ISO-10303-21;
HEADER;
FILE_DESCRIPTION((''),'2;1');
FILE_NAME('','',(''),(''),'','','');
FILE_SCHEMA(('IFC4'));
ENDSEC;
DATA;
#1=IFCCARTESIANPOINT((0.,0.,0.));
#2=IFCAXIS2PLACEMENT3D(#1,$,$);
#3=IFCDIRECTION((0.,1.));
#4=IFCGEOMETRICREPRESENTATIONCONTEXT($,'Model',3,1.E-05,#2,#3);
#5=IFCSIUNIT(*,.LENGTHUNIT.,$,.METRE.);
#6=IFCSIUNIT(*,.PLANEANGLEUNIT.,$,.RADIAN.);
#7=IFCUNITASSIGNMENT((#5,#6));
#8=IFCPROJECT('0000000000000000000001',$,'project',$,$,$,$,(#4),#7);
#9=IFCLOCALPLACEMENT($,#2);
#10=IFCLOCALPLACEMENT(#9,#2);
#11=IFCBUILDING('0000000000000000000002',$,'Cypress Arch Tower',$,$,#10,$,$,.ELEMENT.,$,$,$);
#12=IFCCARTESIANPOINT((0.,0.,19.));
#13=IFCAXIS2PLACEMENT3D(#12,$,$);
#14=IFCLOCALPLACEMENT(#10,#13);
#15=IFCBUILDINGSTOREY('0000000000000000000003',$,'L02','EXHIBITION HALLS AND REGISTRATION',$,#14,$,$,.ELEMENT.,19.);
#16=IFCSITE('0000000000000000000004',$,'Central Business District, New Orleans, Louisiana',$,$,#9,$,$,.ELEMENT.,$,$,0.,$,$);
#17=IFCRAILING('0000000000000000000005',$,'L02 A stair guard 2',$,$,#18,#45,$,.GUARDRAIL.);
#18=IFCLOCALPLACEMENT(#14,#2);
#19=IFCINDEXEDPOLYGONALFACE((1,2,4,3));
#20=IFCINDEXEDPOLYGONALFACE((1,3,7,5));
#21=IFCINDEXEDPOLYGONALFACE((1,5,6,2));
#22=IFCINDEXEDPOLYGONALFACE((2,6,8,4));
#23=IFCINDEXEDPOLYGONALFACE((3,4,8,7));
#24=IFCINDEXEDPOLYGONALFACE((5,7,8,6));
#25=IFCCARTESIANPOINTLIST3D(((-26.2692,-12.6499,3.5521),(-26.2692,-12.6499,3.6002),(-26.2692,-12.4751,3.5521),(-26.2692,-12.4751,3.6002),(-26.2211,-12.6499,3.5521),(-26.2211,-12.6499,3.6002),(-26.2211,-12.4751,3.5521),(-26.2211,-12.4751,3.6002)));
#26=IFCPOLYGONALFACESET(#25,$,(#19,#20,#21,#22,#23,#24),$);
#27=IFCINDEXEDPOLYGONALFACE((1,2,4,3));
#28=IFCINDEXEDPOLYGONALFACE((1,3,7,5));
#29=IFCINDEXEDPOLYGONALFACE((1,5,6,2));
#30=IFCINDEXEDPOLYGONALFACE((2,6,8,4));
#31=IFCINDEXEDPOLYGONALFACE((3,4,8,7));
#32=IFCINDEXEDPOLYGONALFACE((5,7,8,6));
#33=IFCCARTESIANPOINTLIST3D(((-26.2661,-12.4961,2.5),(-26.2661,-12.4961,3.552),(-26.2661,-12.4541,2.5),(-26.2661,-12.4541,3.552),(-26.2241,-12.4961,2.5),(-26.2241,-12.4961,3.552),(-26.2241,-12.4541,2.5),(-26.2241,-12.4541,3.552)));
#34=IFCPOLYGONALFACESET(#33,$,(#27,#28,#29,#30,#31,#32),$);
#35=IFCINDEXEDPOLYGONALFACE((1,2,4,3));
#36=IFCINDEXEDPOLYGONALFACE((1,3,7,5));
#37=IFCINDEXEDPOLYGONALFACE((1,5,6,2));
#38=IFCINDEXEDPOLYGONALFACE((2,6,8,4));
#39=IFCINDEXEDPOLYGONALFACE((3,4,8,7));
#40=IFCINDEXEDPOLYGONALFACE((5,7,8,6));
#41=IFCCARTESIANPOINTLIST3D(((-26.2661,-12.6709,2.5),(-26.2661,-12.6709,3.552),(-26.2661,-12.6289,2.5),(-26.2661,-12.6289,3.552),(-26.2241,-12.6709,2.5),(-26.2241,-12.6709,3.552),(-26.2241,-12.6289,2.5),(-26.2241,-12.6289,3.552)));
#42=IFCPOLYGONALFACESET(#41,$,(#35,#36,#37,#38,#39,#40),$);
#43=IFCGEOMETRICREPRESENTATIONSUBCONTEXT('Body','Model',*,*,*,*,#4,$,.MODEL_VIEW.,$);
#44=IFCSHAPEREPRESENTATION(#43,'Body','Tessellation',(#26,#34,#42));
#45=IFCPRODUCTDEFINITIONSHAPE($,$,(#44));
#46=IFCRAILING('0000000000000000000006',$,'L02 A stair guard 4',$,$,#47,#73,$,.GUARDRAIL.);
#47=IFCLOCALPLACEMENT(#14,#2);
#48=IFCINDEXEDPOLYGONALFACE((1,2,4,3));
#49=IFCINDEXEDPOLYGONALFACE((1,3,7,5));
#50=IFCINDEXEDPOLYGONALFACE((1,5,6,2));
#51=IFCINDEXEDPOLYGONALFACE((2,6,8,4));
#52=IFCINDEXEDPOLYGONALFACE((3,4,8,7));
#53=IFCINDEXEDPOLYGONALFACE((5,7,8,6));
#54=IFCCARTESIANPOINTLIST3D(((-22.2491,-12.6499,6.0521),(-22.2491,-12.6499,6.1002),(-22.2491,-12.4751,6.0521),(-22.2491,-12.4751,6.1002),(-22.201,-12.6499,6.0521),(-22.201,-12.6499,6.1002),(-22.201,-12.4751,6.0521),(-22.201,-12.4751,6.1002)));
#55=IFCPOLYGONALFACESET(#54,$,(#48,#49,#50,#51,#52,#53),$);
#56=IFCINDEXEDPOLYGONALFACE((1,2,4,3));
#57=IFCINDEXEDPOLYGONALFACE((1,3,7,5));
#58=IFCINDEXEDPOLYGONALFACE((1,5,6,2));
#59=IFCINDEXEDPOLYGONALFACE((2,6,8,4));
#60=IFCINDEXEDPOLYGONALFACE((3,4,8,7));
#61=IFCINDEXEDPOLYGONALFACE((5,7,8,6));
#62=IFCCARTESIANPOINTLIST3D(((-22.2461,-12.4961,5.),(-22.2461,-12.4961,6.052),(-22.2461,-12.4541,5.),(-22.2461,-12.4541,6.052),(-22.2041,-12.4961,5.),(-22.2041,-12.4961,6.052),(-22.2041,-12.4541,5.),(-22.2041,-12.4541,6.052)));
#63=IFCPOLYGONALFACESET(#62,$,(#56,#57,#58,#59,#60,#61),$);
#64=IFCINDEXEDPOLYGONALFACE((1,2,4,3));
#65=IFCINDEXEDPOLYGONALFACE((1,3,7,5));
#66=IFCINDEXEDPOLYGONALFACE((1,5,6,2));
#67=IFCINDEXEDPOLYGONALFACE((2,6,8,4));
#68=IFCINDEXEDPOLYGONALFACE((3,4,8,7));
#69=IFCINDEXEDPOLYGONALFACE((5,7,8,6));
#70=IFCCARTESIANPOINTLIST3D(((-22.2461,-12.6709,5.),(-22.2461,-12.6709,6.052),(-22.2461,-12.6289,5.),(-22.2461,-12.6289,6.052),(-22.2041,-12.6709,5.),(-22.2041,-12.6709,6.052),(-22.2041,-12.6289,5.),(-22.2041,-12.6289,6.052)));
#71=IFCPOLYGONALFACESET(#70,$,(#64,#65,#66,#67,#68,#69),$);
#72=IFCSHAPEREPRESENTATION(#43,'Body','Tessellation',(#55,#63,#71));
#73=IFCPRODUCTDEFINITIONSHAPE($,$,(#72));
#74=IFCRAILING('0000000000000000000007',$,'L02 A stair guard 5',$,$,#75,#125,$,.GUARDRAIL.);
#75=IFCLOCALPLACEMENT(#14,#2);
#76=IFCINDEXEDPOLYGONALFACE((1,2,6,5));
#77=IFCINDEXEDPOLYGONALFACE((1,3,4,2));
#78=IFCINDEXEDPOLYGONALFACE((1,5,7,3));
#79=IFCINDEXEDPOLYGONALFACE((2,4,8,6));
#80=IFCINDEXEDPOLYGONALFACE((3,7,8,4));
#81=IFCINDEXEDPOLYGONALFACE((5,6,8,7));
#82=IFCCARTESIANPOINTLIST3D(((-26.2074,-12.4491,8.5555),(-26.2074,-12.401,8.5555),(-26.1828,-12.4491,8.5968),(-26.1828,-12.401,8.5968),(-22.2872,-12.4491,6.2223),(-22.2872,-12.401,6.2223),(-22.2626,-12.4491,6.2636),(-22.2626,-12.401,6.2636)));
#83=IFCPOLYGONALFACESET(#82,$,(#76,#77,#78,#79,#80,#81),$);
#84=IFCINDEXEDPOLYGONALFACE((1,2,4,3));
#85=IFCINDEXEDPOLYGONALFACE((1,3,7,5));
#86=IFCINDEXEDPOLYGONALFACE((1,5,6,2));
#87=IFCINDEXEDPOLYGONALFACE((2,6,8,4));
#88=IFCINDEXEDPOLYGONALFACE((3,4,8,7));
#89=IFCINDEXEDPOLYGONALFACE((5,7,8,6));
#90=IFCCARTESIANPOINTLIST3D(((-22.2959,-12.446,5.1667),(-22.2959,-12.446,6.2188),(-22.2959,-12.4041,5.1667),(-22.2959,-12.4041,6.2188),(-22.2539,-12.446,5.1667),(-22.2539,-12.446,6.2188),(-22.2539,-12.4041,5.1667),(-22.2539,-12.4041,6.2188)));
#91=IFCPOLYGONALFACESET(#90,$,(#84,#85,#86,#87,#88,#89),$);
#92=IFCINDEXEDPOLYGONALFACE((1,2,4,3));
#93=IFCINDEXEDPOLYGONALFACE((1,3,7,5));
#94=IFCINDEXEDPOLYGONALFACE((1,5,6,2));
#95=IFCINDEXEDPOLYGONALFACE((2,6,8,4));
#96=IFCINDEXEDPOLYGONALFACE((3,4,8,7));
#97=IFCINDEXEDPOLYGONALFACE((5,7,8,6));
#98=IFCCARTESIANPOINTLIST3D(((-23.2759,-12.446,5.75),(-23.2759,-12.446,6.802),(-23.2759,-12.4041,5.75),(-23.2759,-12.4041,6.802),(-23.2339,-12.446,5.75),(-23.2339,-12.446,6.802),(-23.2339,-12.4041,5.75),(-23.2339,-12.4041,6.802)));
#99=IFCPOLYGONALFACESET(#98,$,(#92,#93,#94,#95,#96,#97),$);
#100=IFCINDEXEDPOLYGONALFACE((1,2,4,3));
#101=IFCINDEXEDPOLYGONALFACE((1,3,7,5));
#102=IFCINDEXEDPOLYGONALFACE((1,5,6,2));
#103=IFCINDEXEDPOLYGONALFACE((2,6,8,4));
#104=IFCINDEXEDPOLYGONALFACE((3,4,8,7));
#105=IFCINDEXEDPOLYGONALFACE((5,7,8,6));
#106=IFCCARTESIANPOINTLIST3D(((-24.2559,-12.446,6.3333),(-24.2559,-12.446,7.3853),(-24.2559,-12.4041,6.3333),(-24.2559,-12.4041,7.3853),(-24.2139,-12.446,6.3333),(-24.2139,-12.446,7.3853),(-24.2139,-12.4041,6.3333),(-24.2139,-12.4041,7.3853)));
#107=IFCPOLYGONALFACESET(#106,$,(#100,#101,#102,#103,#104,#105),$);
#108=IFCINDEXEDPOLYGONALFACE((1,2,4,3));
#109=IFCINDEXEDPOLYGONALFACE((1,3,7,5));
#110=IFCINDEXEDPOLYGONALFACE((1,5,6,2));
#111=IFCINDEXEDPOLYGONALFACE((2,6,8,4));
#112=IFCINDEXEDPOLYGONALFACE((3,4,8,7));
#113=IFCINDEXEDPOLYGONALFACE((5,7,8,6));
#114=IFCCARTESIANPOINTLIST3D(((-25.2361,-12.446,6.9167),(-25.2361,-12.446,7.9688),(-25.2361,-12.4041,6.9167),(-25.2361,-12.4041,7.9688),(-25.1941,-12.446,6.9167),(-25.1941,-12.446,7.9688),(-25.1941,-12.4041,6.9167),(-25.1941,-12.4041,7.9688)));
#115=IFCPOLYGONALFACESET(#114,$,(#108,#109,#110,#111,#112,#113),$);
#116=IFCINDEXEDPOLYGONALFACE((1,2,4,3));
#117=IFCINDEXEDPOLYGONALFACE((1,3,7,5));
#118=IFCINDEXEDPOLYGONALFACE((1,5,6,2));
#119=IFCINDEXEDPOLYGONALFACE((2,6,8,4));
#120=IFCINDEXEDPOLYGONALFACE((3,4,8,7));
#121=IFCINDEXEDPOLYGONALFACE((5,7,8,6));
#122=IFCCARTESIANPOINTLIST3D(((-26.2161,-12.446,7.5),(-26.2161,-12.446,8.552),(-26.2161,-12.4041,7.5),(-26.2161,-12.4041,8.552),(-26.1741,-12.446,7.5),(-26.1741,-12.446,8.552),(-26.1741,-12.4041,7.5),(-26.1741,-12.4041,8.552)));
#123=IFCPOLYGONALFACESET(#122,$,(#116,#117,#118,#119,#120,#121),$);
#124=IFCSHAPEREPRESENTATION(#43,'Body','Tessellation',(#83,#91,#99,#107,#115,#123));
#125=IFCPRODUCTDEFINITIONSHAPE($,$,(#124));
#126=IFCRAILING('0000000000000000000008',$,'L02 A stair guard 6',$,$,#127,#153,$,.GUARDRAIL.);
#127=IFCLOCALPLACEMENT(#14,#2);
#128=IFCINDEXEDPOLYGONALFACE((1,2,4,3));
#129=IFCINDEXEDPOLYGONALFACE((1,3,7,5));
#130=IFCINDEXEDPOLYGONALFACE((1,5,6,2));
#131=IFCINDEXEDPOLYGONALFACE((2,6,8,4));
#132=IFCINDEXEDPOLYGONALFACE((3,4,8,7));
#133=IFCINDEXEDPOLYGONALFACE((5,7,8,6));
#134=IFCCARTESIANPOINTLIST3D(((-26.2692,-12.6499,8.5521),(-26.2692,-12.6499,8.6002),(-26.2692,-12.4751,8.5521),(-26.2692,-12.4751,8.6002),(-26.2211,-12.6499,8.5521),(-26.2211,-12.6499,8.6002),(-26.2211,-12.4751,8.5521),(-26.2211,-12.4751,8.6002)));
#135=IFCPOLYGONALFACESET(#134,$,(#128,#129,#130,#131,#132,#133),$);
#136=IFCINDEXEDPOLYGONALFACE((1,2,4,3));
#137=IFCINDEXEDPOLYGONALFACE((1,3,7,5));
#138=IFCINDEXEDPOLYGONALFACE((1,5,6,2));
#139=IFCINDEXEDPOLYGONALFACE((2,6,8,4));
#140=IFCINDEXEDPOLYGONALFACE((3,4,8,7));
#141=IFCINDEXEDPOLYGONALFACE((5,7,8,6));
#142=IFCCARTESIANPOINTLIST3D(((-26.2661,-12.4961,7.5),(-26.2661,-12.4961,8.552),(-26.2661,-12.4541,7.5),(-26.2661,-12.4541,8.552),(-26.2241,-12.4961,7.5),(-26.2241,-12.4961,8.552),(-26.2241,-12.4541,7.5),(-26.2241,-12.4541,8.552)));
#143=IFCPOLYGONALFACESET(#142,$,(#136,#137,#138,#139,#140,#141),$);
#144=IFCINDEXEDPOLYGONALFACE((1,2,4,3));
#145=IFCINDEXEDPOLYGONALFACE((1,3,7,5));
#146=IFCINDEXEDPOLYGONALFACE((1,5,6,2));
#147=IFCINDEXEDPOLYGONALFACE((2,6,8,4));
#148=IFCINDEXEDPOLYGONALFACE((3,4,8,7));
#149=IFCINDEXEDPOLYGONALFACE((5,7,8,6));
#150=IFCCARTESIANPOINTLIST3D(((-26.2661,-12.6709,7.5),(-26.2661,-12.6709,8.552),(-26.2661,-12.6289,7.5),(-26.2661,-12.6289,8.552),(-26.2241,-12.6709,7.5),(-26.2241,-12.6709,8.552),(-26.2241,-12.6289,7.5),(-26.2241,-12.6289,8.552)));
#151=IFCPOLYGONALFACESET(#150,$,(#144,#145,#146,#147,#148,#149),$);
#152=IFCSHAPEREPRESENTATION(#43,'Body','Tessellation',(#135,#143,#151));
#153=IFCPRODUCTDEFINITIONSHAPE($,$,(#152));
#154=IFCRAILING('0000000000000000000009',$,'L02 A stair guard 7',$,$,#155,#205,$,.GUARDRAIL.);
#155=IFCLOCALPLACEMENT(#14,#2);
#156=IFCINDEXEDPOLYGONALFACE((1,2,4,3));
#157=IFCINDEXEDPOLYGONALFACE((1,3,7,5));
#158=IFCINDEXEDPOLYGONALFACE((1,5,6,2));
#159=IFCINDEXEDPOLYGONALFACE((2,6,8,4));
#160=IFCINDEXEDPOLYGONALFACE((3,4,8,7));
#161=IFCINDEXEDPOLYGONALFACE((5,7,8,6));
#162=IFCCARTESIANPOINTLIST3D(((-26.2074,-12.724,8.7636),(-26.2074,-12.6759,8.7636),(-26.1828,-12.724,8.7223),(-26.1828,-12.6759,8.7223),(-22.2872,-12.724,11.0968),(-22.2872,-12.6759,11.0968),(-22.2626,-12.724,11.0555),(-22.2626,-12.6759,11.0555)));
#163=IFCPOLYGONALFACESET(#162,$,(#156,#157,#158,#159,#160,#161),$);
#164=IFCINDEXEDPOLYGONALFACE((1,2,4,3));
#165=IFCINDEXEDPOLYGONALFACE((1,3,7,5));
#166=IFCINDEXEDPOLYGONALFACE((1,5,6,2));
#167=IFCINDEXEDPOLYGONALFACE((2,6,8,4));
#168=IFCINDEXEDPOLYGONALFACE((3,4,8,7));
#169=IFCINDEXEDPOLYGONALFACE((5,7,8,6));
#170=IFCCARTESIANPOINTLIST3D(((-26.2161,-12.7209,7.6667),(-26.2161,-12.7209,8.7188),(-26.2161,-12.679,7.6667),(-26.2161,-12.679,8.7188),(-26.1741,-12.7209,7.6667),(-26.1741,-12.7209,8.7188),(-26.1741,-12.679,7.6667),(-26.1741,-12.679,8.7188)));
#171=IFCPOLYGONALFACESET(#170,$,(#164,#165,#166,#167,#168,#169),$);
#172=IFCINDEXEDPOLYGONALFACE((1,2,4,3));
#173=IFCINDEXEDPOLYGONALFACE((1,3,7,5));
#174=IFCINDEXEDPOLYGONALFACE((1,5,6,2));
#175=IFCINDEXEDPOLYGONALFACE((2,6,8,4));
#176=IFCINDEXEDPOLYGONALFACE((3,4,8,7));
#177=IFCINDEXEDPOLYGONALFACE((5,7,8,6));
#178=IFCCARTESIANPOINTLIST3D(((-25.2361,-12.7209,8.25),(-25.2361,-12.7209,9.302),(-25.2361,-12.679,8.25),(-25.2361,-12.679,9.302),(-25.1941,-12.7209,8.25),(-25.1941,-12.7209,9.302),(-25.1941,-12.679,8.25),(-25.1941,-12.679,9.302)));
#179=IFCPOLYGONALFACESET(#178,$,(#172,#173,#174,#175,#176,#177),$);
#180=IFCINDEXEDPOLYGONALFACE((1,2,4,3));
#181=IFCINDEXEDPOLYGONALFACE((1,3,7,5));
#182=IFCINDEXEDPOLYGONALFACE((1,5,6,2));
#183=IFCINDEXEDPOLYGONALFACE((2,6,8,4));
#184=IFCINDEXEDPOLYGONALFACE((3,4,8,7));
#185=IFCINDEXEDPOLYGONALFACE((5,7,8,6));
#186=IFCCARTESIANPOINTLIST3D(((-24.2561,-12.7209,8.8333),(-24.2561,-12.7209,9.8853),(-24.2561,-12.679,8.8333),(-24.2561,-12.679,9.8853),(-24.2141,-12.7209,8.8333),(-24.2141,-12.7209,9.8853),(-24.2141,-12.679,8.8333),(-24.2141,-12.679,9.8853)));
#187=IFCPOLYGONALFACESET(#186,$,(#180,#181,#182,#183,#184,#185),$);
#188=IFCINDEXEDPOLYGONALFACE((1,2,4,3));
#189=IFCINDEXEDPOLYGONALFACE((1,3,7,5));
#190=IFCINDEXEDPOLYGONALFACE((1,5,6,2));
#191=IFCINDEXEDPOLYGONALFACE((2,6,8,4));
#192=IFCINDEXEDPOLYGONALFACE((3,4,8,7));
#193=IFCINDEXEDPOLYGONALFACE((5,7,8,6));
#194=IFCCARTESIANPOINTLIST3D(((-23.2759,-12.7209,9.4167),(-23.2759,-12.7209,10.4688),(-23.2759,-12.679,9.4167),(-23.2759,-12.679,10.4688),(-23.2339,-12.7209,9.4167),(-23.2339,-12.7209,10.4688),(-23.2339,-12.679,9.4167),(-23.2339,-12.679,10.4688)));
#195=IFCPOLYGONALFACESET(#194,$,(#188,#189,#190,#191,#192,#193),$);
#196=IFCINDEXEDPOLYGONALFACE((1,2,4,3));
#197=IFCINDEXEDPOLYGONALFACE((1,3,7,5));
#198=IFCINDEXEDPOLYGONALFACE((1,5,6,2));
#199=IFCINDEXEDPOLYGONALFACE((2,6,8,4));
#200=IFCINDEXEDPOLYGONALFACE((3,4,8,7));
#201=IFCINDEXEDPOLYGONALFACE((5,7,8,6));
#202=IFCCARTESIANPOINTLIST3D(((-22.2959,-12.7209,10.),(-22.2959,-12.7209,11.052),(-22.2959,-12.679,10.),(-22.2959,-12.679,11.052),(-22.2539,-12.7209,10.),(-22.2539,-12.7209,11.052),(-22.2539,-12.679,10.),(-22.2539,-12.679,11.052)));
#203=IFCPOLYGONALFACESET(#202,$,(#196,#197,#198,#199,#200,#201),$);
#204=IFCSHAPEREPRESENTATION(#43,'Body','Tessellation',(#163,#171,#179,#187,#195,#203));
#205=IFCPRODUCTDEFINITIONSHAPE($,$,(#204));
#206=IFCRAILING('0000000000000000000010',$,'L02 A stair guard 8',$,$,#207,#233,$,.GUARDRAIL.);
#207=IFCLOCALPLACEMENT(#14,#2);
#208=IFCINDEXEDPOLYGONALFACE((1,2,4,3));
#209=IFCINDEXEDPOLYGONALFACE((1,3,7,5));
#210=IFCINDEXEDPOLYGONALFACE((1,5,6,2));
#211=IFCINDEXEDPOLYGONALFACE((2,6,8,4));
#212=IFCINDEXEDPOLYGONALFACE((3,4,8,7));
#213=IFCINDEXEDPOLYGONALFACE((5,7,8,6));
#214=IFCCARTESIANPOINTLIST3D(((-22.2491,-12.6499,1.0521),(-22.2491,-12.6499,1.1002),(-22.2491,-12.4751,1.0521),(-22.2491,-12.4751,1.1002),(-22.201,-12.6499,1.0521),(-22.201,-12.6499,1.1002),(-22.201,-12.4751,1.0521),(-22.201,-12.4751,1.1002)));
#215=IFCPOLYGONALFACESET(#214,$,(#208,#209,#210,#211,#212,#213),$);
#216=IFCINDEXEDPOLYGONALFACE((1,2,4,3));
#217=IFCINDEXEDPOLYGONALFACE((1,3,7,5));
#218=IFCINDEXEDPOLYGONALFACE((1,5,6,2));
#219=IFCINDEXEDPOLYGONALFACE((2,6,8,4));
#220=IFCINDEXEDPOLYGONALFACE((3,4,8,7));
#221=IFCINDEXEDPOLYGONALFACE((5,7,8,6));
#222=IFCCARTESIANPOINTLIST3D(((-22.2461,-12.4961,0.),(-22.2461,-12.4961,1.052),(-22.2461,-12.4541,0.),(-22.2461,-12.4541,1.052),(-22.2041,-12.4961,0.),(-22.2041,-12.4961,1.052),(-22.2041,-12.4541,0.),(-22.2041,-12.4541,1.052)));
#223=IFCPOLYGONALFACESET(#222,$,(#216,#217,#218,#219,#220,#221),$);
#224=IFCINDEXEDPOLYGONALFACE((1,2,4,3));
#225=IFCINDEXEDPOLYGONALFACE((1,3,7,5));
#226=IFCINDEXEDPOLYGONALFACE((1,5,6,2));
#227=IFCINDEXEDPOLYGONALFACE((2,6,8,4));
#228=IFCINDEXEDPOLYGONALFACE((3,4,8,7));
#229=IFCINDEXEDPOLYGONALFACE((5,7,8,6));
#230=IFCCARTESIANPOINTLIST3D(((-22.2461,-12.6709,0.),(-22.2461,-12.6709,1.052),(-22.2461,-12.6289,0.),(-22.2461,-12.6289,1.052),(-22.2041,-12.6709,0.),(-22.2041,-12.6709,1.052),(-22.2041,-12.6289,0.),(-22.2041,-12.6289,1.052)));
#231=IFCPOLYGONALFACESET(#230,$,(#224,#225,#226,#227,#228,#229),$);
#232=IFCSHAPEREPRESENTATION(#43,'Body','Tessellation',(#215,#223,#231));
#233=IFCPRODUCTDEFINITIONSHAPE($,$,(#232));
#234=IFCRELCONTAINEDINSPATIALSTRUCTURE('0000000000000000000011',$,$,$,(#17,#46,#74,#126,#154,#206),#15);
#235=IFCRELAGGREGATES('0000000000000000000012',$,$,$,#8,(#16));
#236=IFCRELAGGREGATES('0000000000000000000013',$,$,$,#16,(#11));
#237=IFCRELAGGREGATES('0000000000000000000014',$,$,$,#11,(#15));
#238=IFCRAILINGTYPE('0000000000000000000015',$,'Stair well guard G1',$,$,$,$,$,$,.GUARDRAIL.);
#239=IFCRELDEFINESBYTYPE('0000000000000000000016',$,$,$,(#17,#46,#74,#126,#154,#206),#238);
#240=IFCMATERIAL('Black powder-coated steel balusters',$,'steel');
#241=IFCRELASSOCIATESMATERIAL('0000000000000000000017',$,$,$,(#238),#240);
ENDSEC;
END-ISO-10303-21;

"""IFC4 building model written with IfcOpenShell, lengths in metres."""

from ifc_helpers import new_model, si_unit, direction, frame, origin, origin_2d, place, context, subcontext, project, spatial, rectangle, extrude, material, type_object, element, save


model = new_model("IFC4")

# Units and contexts
model_context = context("Model", 3, precision=1e-05, world=origin(), true_north=direction((0.0, 1.0)))
body_context = subcontext(model_context, "Body", "Model", "MODEL_VIEW")
ifc_project = project(units=[si_unit("LENGTHUNIT", "METRE"), si_unit("PLANEANGLEUNIT", "RADIAN")], contexts=[model_context])

# Site, building, storey
site_placement = place(None, origin())
site = spatial("IfcSite", under=ifc_project, at=site_placement, Name="Central Business District, New Orleans, Louisiana", CompositionType="ELEMENT", RefElevation=0.0)
building_placement = place(site_placement, origin())
building = spatial("IfcBuilding", under=site, at=building_placement, Name="Cypress Arch Tower", CompositionType="ELEMENT")
storey_placement = place(building_placement, frame((0.0, 0.0, 19.0)))
storey = spatial("IfcBuildingStorey", under=building, at=storey_placement, Name="L02", Description="EXHIBITION HALLS AND REGISTRATION", CompositionType="ELEMENT", Elevation=19.0)

# Railings
ifc_material_1 = material(Name="Black powder-coated steel balusters", Category="steel")
railing_type_1 = type_object("IfcRailingType", Name="Stair well guard G1", PredefinedType="GUARDRAIL", material=ifc_material_1)
for number, where, name in (
    (1, (-26.2451, -12.4751, 2.5), "L02 A stair guard 2"),
    (2, (-22.2251, -12.4751, 5.0), "L02 A stair guard 4"),
):
    element("IfcRailing", number, at=place(storey_placement, frame(where)), inside=storey, type_object=railing_type_1, Name=name, PredefinedType="GUARDRAIL", context=body_context, shape_type="SweptSolid", body=[
        extrude(rectangle(XDim=0.0481, YDim=0.0481, at=origin_2d()), frame((0.0, 0.0, 1.0762), z_axis=(0.0, -1.0, 0.0), x_axis=(1.0, 0.0, 0.0)), (0.0, 0.0, 1.0), 0.1748),
        extrude(rectangle(XDim=0.042, YDim=0.042, at=origin_2d()), origin(), (0.0, 0.0, 1.0), 1.052),
        extrude(rectangle(XDim=0.042, YDim=0.042, at=origin_2d()), frame((0.0, -0.1748, 0.0)), (0.0, 0.0, 1.0), 1.052),
    ])
railing_1_placement = place(storey_placement, frame((-22.2749, -12.425, 5.1667)))
element("IfcRailing", 3, at=railing_1_placement, inside=storey, type_object=railing_type_1, Name="L02 A stair guard 5", PredefinedType="GUARDRAIL", context=body_context, shape_type="SweptSolid", body=[
    extrude(rectangle(XDim=0.0481, YDim=0.0481, at=origin_2d()), frame((0.0, 0.0, 1.0762), z_axis=(-0.85931, 0.0, 0.511455), x_axis=(0.0, -1.0, 0.0)), (0.0, 0.0, 1.0), 4.562),
    extrude(rectangle(XDim=0.042, YDim=0.042, at=origin_2d()), origin(), (0.0, 0.0, 1.0), 1.052),
    extrude(rectangle(XDim=0.042, YDim=0.042, at=origin_2d()), frame((-0.98, 0.0, 0.5833)), (0.0, 0.0, 1.0), 1.052),
    extrude(rectangle(XDim=0.042, YDim=0.042, at=origin_2d()), frame((-1.96, 0.0, 1.1665)), (0.0, 0.0, 1.0), 1.052),
    extrude(rectangle(XDim=0.042, YDim=0.042, at=origin_2d()), frame((-2.9402, 0.0, 1.75)), (0.0, 0.0, 1.0), 1.052),
    extrude(rectangle(XDim=0.042, YDim=0.042, at=origin_2d()), frame((-3.9202, 0.0, 2.3333)), (0.0, 0.0, 1.0), 1.052),
])
railing_2_placement = place(storey_placement, frame((-26.2451, -12.4751, 7.5)))
element("IfcRailing", 4, at=railing_2_placement, inside=storey, type_object=railing_type_1, Name="L02 A stair guard 6", PredefinedType="GUARDRAIL", context=body_context, shape_type="SweptSolid", body=[
    extrude(rectangle(XDim=0.0481, YDim=0.0481, at=origin_2d()), frame((0.0, 0.0, 1.0762), z_axis=(0.0, -1.0, 0.0), x_axis=(1.0, 0.0, 0.0)), (0.0, 0.0, 1.0), 0.1748),
    extrude(rectangle(XDim=0.042, YDim=0.042, at=origin_2d()), origin(), (0.0, 0.0, 1.0), 1.052),
    extrude(rectangle(XDim=0.042, YDim=0.042, at=origin_2d()), frame((0.0, -0.1748, 0.0)), (0.0, 0.0, 1.0), 1.052),
])
railing_3_placement = place(storey_placement, frame((-26.1951, -12.7, 7.6667)))
element("IfcRailing", 5, at=railing_3_placement, inside=storey, type_object=railing_type_1, Name="L02 A stair guard 7", PredefinedType="GUARDRAIL", context=body_context, shape_type="SweptSolid", body=[
    extrude(rectangle(XDim=0.0481, YDim=0.0481, at=origin_2d()), frame((0.0, 0.0, 1.0762), z_axis=(0.85931, 0.0, 0.511455), x_axis=(0.0, 1.0, 0.0)), (0.0, 0.0, 1.0), 4.562),
    extrude(rectangle(XDim=0.042, YDim=0.042, at=origin_2d()), origin(), (0.0, 0.0, 1.0), 1.052),
    extrude(rectangle(XDim=0.042, YDim=0.042, at=origin_2d()), frame((0.98, 0.0, 0.5833)), (0.0, 0.0, 1.0), 1.052),
    extrude(rectangle(XDim=0.042, YDim=0.042, at=origin_2d()), frame((1.96, 0.0, 1.1665)), (0.0, 0.0, 1.0), 1.052),
    extrude(rectangle(XDim=0.042, YDim=0.042, at=origin_2d()), frame((2.9402, 0.0, 1.75)), (0.0, 0.0, 1.0), 1.052),
    extrude(rectangle(XDim=0.042, YDim=0.042, at=origin_2d()), frame((3.9202, 0.0, 2.3333)), (0.0, 0.0, 1.0), 1.052),
])
railing_4_placement = place(storey_placement, frame((-22.2251, -12.4751, 0.0)))
element("IfcRailing", 6, at=railing_4_placement, inside=storey, type_object=railing_type_1, Name="L02 A stair guard 8", PredefinedType="GUARDRAIL", context=body_context, shape_type="SweptSolid", body=[
    extrude(rectangle(XDim=0.0481, YDim=0.0481, at=origin_2d()), frame((0.0, 0.0, 1.0762), z_axis=(0.0, -1.0, 0.0), x_axis=(1.0, 0.0, 0.0)), (0.0, 0.0, 1.0), 0.1748),
    extrude(rectangle(XDim=0.042, YDim=0.042, at=origin_2d()), origin(), (0.0, 0.0, 1.0), 1.052),
    extrude(rectangle(XDim=0.042, YDim=0.042, at=origin_2d()), frame((0.0, -0.1748, 0.0)), (0.0, 0.0, 1.0), 1.052),
])

save(model, "model.ifc")
